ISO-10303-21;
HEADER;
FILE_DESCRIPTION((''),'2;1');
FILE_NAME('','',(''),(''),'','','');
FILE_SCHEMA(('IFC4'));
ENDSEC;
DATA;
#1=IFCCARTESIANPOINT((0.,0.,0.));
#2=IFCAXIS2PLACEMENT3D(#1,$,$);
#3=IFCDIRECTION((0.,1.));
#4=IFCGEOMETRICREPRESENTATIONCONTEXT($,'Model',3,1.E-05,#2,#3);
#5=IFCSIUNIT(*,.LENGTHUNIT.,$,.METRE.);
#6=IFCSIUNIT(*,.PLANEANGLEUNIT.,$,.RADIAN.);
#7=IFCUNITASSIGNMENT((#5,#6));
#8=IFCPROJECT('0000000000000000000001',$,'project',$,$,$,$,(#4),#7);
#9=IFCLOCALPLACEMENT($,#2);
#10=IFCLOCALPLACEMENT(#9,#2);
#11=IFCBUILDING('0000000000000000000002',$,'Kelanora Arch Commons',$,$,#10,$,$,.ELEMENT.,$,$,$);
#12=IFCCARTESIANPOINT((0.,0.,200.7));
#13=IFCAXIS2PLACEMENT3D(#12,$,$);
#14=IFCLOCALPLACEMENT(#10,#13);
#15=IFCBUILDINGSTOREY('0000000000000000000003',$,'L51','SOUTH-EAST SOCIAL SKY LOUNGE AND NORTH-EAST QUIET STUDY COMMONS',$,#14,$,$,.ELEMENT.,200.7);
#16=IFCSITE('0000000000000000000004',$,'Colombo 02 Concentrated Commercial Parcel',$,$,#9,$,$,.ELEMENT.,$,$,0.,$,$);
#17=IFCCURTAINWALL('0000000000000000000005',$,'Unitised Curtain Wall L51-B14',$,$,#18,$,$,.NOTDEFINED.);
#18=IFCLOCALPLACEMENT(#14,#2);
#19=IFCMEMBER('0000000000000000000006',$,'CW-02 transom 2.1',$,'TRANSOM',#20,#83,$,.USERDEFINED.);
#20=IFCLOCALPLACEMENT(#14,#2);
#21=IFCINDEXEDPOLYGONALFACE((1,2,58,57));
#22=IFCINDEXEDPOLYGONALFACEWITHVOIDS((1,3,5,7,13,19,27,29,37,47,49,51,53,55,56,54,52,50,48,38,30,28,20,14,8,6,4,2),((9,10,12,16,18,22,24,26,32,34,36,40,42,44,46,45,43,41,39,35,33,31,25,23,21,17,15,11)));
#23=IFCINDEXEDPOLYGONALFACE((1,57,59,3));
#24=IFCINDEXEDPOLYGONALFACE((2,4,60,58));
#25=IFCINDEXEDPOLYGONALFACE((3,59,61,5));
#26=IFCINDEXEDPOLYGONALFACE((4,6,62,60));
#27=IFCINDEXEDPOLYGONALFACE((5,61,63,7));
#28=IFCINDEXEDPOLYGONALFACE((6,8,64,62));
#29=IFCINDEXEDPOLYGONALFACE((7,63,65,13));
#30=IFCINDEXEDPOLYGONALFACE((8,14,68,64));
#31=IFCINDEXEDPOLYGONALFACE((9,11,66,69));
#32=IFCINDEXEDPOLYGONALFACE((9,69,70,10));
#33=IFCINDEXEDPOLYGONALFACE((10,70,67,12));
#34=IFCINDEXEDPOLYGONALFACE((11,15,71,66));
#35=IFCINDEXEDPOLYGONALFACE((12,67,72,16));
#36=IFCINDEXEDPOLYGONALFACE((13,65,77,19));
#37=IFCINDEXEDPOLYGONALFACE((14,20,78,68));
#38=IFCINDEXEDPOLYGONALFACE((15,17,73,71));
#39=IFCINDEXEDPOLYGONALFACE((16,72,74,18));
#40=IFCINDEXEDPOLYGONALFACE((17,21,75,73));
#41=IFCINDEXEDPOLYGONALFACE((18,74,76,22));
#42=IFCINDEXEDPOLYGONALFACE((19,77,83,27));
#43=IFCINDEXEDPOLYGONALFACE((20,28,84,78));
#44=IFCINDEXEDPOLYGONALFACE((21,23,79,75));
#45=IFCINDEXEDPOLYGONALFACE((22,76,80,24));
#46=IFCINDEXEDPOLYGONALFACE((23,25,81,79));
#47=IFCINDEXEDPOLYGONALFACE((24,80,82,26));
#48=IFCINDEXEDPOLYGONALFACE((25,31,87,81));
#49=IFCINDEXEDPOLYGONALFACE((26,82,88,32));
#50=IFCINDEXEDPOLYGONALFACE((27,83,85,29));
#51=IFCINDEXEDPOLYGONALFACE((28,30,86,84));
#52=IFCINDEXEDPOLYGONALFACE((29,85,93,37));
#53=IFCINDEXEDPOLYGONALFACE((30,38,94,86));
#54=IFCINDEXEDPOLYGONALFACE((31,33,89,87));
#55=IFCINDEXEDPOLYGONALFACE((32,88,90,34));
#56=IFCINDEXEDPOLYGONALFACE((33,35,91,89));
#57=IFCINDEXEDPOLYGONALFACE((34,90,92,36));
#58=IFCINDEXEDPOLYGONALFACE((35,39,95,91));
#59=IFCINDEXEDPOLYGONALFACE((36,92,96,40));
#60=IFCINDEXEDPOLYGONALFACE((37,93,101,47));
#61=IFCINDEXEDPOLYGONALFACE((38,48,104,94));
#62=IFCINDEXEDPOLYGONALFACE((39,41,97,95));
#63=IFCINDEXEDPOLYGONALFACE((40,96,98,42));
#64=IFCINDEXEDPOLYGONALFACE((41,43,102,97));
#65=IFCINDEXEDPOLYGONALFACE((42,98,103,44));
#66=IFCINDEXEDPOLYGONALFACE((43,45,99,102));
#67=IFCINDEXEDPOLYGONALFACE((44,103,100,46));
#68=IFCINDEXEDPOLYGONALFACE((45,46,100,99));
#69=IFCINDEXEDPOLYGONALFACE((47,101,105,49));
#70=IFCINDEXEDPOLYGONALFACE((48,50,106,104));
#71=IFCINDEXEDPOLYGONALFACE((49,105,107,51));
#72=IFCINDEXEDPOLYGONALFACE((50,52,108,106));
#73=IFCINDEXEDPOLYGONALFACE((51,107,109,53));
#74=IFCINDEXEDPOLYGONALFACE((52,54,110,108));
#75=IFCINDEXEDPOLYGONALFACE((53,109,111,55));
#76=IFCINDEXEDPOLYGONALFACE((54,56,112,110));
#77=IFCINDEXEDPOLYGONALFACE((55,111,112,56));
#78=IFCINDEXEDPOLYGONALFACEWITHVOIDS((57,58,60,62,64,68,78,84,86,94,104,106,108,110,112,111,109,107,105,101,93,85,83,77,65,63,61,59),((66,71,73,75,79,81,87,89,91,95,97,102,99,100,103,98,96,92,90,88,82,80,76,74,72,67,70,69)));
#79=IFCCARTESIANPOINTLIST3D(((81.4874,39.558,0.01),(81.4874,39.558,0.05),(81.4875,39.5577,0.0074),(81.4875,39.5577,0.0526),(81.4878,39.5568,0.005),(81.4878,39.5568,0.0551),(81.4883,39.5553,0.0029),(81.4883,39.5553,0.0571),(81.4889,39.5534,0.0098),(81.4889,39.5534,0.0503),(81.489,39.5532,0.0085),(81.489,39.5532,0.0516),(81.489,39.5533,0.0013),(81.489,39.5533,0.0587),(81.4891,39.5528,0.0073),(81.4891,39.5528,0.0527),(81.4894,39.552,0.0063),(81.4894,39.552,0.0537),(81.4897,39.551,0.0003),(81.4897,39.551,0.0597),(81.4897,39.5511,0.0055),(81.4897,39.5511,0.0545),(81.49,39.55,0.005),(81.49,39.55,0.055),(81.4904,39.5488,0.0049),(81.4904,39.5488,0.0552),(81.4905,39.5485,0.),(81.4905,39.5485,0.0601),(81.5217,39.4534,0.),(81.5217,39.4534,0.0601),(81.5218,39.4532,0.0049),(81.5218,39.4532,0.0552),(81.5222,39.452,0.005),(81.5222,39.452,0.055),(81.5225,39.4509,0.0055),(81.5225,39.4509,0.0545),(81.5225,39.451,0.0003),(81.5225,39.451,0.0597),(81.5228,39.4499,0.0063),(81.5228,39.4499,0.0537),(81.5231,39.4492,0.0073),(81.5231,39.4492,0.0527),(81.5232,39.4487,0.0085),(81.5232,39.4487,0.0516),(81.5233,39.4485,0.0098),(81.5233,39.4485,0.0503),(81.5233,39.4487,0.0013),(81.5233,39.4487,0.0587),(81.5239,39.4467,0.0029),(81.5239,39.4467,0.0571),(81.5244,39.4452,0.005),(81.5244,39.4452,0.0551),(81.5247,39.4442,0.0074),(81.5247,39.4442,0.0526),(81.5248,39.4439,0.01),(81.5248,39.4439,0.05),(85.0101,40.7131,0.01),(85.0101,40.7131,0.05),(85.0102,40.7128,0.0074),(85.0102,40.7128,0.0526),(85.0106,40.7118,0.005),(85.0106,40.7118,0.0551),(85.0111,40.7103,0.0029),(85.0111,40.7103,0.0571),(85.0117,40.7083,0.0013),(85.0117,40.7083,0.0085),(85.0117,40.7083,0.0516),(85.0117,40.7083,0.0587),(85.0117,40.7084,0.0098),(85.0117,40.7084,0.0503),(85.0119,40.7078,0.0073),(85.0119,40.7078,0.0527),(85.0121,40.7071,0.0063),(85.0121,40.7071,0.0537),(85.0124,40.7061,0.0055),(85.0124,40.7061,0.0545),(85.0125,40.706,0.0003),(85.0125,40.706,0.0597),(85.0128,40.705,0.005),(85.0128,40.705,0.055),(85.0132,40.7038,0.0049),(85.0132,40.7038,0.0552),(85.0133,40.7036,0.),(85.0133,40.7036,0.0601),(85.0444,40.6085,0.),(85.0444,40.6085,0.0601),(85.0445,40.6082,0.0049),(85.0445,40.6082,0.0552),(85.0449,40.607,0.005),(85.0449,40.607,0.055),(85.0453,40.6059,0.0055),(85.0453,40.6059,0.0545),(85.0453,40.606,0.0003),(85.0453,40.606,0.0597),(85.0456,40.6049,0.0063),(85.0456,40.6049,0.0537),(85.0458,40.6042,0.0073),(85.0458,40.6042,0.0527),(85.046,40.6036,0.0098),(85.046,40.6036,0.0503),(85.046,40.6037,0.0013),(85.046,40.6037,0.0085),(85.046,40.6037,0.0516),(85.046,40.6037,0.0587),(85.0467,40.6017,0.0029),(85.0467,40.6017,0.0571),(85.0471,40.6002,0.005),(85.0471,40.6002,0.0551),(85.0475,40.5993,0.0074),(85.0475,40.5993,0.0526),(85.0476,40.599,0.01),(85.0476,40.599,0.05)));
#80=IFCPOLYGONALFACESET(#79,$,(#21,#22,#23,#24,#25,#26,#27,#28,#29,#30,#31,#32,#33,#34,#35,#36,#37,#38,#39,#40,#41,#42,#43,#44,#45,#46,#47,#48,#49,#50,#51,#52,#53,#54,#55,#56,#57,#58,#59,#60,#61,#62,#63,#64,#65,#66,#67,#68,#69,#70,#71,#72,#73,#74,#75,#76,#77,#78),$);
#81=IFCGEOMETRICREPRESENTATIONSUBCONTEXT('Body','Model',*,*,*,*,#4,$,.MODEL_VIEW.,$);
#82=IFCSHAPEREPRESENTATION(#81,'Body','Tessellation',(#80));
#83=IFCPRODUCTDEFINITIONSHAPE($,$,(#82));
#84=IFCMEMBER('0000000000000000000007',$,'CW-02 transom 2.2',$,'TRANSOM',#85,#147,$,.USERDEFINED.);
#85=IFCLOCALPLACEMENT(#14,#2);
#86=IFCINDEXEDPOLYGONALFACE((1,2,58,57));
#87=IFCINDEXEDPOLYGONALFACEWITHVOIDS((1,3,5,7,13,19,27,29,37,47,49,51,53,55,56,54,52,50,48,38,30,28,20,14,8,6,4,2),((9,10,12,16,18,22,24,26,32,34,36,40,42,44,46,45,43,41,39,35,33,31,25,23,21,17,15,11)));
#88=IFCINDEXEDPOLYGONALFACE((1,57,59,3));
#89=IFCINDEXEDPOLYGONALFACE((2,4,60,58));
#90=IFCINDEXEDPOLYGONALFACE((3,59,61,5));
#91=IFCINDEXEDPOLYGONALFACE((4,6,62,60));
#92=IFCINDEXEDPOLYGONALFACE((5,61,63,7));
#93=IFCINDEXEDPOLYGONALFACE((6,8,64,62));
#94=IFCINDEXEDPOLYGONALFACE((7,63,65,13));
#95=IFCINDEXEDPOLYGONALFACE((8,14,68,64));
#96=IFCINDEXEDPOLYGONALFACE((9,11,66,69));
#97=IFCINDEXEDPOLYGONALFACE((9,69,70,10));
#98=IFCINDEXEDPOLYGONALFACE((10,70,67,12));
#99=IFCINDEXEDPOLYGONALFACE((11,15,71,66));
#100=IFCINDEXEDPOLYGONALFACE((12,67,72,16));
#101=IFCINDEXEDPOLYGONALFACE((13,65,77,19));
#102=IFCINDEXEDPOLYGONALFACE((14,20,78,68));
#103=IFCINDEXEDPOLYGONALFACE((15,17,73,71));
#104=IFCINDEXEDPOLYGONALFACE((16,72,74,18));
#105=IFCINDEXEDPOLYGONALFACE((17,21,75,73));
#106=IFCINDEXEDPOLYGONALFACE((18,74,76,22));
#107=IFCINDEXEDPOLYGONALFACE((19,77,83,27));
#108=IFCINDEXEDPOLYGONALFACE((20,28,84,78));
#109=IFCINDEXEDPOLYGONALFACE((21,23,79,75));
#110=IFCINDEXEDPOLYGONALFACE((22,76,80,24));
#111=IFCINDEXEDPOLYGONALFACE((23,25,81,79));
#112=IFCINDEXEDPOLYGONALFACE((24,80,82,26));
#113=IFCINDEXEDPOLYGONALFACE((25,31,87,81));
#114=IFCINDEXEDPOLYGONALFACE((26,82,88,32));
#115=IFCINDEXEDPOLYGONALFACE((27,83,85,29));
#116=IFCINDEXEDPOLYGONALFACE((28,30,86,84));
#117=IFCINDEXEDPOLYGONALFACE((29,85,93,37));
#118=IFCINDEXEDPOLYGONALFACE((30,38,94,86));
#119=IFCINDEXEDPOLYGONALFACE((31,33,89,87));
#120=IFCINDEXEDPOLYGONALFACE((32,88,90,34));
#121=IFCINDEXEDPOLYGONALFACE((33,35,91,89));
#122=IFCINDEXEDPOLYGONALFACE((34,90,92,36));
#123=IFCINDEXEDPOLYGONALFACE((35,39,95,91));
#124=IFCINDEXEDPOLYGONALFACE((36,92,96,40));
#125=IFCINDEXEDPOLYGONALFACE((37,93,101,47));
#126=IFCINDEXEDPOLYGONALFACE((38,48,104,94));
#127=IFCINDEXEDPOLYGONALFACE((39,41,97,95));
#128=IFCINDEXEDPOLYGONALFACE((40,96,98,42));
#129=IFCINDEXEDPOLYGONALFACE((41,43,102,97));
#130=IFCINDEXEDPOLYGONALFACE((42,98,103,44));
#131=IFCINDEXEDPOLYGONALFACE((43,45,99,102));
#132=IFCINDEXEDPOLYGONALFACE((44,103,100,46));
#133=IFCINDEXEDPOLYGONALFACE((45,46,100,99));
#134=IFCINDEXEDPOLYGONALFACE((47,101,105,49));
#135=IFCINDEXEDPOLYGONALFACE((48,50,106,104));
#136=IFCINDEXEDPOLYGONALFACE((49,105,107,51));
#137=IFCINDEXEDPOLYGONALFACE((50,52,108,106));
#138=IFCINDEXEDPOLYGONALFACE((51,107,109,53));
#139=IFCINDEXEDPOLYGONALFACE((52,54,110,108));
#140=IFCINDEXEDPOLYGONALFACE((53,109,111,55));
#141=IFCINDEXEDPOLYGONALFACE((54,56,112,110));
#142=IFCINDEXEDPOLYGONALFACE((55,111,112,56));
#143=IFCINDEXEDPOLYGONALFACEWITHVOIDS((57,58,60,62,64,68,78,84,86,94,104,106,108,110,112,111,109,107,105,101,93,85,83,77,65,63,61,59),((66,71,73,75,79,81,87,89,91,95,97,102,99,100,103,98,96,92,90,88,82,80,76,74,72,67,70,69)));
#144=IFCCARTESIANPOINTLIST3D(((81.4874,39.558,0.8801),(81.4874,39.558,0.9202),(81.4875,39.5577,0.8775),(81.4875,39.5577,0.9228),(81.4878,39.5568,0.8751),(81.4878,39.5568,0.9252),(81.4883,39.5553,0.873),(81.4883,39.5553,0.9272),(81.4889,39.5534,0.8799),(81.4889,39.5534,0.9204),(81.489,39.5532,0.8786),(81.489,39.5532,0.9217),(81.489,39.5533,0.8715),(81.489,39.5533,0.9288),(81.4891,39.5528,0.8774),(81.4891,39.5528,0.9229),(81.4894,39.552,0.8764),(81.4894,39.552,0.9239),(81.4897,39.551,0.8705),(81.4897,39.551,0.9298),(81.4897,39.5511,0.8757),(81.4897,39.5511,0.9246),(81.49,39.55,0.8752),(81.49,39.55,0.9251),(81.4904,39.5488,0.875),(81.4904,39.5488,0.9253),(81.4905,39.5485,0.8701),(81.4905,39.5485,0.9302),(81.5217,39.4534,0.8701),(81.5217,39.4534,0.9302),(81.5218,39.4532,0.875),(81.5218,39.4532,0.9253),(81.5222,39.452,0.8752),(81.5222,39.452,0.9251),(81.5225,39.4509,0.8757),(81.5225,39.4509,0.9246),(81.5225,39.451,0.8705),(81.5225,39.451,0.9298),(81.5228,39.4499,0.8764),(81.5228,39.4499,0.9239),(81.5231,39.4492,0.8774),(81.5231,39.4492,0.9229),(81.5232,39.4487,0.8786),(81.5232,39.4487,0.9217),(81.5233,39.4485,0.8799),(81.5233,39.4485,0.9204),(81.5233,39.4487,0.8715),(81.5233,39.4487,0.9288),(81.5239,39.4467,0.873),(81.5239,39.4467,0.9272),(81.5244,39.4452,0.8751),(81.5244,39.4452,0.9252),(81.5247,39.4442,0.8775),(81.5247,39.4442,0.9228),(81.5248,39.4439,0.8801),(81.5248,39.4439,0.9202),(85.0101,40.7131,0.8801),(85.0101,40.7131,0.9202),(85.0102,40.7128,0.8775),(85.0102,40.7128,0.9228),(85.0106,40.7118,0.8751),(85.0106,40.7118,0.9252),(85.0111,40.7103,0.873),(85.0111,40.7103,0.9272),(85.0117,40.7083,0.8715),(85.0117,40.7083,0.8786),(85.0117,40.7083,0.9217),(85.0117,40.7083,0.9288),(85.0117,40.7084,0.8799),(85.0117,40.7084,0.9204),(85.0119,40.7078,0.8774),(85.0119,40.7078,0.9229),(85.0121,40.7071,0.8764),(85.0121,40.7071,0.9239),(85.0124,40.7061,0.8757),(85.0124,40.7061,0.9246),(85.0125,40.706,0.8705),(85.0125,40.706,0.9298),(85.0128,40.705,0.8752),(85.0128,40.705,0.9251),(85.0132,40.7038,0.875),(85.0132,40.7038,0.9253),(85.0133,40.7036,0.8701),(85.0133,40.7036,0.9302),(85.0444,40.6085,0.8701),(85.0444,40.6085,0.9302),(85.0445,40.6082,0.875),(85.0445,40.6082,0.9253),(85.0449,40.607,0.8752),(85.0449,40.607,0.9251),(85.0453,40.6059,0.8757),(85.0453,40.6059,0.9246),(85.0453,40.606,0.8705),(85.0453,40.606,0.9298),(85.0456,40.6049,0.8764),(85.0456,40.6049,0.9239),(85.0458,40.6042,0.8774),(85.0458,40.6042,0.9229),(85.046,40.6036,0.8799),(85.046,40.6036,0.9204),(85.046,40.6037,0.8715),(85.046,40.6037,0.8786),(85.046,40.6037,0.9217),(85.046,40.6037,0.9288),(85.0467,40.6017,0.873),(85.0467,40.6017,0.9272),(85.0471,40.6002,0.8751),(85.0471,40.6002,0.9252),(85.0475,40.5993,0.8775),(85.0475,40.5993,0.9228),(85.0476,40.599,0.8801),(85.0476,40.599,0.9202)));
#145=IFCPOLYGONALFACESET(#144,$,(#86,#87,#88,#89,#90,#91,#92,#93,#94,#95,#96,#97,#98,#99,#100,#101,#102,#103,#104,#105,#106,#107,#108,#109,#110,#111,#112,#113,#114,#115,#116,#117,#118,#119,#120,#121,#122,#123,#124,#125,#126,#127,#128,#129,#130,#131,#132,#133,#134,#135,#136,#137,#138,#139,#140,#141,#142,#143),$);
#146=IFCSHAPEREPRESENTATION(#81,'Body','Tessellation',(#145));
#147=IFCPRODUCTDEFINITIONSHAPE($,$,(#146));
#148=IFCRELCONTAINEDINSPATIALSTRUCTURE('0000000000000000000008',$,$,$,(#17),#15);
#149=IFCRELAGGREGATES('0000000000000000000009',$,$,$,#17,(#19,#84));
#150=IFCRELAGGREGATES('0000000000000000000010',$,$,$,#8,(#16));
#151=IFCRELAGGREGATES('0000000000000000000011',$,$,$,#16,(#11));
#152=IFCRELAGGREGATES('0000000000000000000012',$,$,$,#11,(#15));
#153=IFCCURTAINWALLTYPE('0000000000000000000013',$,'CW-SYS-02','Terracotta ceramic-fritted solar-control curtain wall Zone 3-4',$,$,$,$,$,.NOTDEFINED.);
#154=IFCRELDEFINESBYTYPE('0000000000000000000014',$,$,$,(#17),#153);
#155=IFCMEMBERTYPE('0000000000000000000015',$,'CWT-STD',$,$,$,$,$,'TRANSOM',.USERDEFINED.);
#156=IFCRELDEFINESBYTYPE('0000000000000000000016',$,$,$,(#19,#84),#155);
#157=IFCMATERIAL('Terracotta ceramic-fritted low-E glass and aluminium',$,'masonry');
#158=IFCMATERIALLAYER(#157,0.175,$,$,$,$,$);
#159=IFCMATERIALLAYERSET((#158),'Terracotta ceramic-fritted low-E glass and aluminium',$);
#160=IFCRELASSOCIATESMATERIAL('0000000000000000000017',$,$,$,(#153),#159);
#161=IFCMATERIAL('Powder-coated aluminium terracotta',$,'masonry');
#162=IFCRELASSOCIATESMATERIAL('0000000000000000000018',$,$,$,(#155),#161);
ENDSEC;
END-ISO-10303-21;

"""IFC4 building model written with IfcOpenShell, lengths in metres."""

from ifc_helpers import new_model, si_unit, direction, frame, origin, origin_2d, place, context, subcontext, project, spatial, hollow_rectangle, extrude, material, layer, layer_set, material_profile, profile_set, type_object, element, aggregate, save


model = new_model("IFC4")

# Units and contexts
model_context = context("Model", 3, precision=1e-05, world=origin(), true_north=direction((0.0, 1.0)))
body_context = subcontext(model_context, "Body", "Model", "MODEL_VIEW")
ifc_project = project(units=[si_unit("LENGTHUNIT", "METRE"), si_unit("PLANEANGLEUNIT", "RADIAN")], contexts=[model_context])

# Site, building, storey
site_placement = place(None, origin())
site = spatial("IfcSite", under=ifc_project, at=site_placement, Name="Colombo 02 Concentrated Commercial Parcel", CompositionType="ELEMENT", RefElevation=0.0)
building_placement = place(site_placement, origin())
building = spatial("IfcBuilding", under=site, at=building_placement, Name="Kelanora Arch Commons", CompositionType="ELEMENT")
storey_placement = place(building_placement, frame((0.0, 0.0, 200.7)))
storey = spatial("IfcBuildingStorey", under=building, at=storey_placement, Name="L51", Description="SOUTH-EAST SOCIAL SKY LOUNGE AND NORTH-EAST QUIET STUDY COMMONS", CompositionType="ELEMENT", Elevation=200.7)

# Curtain wall, members
ifc_material_1 = material(Name="Terracotta ceramic-fritted low-E glass and aluminium", Category="masonry")
ifc_layer_1 = layer(ifc_material_1, 0.175)
ifc_layer_set_1 = layer_set([ifc_layer_1], Name="Terracotta ceramic-fritted low-E glass and aluminium")
curtain_wall_type = type_object("IfcCurtainWallType", Name="CW-SYS-02", Description="Terracotta ceramic-fritted solar-control curtain wall Zone 3-4", PredefinedType="NOTDEFINED", material=ifc_layer_set_1)
curtain_wall_placement = place(storey_placement, origin())
curtain_wall = element("IfcCurtainWall", 1, at=curtain_wall_placement, inside=storey, type_object=curtain_wall_type, Name="Unitised Curtain Wall L51-B14", PredefinedType="NOTDEFINED")
ifc_material_2 = material(Name="Powder-coated aluminium terracotta", Category="masonry")
ifc_material_profile_1 = material_profile(ifc_material_2, hollow_rectangle(XDim=0.1201, YDim=0.0601, WallThickness=0.0049, InnerFilletRadius=0.0049, OuterFilletRadius=0.01, at=origin_2d()), Name="CWT120x60")
ifc_profile_set_1 = profile_set([ifc_material_profile_1], Name="Powder-coated aluminium terracotta")
member_type_1 = type_object("IfcMemberType", Name="CWT-STD", ElementType="TRANSOM", PredefinedType="USERDEFINED", material=ifc_profile_set_1)
member_1_placement = place(storey_placement, frame((81.5061, 39.501, 0.03), z_axis=(0.950226, 0.311561, 0.0), x_axis=(-0.311561, 0.950226, 0.0)))
member_1 = element("IfcMember", 2, at=member_1_placement, type_object=member_type_1, Name="CW-02 transom 2.1", ObjectType="TRANSOM", PredefinedType="USERDEFINED", context=body_context, shape_type="SweptSolid", body=[
    extrude(hollow_rectangle(XDim=0.1201, YDim=0.0601, WallThickness=0.0049, InnerFilletRadius=0.0049, OuterFilletRadius=0.01, at=origin_2d()), origin(), (0.0, 0.0, 1.0), 3.7073),
])
member_2_placement = place(storey_placement, frame((81.5061, 39.501, 0.9001), z_axis=(0.950226, 0.311561, 0.0), x_axis=(-0.311561, 0.950226, 0.0)))
member_2 = element("IfcMember", 3, at=member_2_placement, type_object=member_type_1, Name="CW-02 transom 2.2", ObjectType="TRANSOM", PredefinedType="USERDEFINED", context=body_context, shape_type="SweptSolid", body=[
    extrude(hollow_rectangle(XDim=0.1201, YDim=0.0601, WallThickness=0.0049, InnerFilletRadius=0.0049, OuterFilletRadius=0.01, at=origin_2d()), origin(), (0.0, 0.0, 1.0), 3.7073),
])
aggregate(curtain_wall, [member_1, member_2])

save(model, "model.ifc")
